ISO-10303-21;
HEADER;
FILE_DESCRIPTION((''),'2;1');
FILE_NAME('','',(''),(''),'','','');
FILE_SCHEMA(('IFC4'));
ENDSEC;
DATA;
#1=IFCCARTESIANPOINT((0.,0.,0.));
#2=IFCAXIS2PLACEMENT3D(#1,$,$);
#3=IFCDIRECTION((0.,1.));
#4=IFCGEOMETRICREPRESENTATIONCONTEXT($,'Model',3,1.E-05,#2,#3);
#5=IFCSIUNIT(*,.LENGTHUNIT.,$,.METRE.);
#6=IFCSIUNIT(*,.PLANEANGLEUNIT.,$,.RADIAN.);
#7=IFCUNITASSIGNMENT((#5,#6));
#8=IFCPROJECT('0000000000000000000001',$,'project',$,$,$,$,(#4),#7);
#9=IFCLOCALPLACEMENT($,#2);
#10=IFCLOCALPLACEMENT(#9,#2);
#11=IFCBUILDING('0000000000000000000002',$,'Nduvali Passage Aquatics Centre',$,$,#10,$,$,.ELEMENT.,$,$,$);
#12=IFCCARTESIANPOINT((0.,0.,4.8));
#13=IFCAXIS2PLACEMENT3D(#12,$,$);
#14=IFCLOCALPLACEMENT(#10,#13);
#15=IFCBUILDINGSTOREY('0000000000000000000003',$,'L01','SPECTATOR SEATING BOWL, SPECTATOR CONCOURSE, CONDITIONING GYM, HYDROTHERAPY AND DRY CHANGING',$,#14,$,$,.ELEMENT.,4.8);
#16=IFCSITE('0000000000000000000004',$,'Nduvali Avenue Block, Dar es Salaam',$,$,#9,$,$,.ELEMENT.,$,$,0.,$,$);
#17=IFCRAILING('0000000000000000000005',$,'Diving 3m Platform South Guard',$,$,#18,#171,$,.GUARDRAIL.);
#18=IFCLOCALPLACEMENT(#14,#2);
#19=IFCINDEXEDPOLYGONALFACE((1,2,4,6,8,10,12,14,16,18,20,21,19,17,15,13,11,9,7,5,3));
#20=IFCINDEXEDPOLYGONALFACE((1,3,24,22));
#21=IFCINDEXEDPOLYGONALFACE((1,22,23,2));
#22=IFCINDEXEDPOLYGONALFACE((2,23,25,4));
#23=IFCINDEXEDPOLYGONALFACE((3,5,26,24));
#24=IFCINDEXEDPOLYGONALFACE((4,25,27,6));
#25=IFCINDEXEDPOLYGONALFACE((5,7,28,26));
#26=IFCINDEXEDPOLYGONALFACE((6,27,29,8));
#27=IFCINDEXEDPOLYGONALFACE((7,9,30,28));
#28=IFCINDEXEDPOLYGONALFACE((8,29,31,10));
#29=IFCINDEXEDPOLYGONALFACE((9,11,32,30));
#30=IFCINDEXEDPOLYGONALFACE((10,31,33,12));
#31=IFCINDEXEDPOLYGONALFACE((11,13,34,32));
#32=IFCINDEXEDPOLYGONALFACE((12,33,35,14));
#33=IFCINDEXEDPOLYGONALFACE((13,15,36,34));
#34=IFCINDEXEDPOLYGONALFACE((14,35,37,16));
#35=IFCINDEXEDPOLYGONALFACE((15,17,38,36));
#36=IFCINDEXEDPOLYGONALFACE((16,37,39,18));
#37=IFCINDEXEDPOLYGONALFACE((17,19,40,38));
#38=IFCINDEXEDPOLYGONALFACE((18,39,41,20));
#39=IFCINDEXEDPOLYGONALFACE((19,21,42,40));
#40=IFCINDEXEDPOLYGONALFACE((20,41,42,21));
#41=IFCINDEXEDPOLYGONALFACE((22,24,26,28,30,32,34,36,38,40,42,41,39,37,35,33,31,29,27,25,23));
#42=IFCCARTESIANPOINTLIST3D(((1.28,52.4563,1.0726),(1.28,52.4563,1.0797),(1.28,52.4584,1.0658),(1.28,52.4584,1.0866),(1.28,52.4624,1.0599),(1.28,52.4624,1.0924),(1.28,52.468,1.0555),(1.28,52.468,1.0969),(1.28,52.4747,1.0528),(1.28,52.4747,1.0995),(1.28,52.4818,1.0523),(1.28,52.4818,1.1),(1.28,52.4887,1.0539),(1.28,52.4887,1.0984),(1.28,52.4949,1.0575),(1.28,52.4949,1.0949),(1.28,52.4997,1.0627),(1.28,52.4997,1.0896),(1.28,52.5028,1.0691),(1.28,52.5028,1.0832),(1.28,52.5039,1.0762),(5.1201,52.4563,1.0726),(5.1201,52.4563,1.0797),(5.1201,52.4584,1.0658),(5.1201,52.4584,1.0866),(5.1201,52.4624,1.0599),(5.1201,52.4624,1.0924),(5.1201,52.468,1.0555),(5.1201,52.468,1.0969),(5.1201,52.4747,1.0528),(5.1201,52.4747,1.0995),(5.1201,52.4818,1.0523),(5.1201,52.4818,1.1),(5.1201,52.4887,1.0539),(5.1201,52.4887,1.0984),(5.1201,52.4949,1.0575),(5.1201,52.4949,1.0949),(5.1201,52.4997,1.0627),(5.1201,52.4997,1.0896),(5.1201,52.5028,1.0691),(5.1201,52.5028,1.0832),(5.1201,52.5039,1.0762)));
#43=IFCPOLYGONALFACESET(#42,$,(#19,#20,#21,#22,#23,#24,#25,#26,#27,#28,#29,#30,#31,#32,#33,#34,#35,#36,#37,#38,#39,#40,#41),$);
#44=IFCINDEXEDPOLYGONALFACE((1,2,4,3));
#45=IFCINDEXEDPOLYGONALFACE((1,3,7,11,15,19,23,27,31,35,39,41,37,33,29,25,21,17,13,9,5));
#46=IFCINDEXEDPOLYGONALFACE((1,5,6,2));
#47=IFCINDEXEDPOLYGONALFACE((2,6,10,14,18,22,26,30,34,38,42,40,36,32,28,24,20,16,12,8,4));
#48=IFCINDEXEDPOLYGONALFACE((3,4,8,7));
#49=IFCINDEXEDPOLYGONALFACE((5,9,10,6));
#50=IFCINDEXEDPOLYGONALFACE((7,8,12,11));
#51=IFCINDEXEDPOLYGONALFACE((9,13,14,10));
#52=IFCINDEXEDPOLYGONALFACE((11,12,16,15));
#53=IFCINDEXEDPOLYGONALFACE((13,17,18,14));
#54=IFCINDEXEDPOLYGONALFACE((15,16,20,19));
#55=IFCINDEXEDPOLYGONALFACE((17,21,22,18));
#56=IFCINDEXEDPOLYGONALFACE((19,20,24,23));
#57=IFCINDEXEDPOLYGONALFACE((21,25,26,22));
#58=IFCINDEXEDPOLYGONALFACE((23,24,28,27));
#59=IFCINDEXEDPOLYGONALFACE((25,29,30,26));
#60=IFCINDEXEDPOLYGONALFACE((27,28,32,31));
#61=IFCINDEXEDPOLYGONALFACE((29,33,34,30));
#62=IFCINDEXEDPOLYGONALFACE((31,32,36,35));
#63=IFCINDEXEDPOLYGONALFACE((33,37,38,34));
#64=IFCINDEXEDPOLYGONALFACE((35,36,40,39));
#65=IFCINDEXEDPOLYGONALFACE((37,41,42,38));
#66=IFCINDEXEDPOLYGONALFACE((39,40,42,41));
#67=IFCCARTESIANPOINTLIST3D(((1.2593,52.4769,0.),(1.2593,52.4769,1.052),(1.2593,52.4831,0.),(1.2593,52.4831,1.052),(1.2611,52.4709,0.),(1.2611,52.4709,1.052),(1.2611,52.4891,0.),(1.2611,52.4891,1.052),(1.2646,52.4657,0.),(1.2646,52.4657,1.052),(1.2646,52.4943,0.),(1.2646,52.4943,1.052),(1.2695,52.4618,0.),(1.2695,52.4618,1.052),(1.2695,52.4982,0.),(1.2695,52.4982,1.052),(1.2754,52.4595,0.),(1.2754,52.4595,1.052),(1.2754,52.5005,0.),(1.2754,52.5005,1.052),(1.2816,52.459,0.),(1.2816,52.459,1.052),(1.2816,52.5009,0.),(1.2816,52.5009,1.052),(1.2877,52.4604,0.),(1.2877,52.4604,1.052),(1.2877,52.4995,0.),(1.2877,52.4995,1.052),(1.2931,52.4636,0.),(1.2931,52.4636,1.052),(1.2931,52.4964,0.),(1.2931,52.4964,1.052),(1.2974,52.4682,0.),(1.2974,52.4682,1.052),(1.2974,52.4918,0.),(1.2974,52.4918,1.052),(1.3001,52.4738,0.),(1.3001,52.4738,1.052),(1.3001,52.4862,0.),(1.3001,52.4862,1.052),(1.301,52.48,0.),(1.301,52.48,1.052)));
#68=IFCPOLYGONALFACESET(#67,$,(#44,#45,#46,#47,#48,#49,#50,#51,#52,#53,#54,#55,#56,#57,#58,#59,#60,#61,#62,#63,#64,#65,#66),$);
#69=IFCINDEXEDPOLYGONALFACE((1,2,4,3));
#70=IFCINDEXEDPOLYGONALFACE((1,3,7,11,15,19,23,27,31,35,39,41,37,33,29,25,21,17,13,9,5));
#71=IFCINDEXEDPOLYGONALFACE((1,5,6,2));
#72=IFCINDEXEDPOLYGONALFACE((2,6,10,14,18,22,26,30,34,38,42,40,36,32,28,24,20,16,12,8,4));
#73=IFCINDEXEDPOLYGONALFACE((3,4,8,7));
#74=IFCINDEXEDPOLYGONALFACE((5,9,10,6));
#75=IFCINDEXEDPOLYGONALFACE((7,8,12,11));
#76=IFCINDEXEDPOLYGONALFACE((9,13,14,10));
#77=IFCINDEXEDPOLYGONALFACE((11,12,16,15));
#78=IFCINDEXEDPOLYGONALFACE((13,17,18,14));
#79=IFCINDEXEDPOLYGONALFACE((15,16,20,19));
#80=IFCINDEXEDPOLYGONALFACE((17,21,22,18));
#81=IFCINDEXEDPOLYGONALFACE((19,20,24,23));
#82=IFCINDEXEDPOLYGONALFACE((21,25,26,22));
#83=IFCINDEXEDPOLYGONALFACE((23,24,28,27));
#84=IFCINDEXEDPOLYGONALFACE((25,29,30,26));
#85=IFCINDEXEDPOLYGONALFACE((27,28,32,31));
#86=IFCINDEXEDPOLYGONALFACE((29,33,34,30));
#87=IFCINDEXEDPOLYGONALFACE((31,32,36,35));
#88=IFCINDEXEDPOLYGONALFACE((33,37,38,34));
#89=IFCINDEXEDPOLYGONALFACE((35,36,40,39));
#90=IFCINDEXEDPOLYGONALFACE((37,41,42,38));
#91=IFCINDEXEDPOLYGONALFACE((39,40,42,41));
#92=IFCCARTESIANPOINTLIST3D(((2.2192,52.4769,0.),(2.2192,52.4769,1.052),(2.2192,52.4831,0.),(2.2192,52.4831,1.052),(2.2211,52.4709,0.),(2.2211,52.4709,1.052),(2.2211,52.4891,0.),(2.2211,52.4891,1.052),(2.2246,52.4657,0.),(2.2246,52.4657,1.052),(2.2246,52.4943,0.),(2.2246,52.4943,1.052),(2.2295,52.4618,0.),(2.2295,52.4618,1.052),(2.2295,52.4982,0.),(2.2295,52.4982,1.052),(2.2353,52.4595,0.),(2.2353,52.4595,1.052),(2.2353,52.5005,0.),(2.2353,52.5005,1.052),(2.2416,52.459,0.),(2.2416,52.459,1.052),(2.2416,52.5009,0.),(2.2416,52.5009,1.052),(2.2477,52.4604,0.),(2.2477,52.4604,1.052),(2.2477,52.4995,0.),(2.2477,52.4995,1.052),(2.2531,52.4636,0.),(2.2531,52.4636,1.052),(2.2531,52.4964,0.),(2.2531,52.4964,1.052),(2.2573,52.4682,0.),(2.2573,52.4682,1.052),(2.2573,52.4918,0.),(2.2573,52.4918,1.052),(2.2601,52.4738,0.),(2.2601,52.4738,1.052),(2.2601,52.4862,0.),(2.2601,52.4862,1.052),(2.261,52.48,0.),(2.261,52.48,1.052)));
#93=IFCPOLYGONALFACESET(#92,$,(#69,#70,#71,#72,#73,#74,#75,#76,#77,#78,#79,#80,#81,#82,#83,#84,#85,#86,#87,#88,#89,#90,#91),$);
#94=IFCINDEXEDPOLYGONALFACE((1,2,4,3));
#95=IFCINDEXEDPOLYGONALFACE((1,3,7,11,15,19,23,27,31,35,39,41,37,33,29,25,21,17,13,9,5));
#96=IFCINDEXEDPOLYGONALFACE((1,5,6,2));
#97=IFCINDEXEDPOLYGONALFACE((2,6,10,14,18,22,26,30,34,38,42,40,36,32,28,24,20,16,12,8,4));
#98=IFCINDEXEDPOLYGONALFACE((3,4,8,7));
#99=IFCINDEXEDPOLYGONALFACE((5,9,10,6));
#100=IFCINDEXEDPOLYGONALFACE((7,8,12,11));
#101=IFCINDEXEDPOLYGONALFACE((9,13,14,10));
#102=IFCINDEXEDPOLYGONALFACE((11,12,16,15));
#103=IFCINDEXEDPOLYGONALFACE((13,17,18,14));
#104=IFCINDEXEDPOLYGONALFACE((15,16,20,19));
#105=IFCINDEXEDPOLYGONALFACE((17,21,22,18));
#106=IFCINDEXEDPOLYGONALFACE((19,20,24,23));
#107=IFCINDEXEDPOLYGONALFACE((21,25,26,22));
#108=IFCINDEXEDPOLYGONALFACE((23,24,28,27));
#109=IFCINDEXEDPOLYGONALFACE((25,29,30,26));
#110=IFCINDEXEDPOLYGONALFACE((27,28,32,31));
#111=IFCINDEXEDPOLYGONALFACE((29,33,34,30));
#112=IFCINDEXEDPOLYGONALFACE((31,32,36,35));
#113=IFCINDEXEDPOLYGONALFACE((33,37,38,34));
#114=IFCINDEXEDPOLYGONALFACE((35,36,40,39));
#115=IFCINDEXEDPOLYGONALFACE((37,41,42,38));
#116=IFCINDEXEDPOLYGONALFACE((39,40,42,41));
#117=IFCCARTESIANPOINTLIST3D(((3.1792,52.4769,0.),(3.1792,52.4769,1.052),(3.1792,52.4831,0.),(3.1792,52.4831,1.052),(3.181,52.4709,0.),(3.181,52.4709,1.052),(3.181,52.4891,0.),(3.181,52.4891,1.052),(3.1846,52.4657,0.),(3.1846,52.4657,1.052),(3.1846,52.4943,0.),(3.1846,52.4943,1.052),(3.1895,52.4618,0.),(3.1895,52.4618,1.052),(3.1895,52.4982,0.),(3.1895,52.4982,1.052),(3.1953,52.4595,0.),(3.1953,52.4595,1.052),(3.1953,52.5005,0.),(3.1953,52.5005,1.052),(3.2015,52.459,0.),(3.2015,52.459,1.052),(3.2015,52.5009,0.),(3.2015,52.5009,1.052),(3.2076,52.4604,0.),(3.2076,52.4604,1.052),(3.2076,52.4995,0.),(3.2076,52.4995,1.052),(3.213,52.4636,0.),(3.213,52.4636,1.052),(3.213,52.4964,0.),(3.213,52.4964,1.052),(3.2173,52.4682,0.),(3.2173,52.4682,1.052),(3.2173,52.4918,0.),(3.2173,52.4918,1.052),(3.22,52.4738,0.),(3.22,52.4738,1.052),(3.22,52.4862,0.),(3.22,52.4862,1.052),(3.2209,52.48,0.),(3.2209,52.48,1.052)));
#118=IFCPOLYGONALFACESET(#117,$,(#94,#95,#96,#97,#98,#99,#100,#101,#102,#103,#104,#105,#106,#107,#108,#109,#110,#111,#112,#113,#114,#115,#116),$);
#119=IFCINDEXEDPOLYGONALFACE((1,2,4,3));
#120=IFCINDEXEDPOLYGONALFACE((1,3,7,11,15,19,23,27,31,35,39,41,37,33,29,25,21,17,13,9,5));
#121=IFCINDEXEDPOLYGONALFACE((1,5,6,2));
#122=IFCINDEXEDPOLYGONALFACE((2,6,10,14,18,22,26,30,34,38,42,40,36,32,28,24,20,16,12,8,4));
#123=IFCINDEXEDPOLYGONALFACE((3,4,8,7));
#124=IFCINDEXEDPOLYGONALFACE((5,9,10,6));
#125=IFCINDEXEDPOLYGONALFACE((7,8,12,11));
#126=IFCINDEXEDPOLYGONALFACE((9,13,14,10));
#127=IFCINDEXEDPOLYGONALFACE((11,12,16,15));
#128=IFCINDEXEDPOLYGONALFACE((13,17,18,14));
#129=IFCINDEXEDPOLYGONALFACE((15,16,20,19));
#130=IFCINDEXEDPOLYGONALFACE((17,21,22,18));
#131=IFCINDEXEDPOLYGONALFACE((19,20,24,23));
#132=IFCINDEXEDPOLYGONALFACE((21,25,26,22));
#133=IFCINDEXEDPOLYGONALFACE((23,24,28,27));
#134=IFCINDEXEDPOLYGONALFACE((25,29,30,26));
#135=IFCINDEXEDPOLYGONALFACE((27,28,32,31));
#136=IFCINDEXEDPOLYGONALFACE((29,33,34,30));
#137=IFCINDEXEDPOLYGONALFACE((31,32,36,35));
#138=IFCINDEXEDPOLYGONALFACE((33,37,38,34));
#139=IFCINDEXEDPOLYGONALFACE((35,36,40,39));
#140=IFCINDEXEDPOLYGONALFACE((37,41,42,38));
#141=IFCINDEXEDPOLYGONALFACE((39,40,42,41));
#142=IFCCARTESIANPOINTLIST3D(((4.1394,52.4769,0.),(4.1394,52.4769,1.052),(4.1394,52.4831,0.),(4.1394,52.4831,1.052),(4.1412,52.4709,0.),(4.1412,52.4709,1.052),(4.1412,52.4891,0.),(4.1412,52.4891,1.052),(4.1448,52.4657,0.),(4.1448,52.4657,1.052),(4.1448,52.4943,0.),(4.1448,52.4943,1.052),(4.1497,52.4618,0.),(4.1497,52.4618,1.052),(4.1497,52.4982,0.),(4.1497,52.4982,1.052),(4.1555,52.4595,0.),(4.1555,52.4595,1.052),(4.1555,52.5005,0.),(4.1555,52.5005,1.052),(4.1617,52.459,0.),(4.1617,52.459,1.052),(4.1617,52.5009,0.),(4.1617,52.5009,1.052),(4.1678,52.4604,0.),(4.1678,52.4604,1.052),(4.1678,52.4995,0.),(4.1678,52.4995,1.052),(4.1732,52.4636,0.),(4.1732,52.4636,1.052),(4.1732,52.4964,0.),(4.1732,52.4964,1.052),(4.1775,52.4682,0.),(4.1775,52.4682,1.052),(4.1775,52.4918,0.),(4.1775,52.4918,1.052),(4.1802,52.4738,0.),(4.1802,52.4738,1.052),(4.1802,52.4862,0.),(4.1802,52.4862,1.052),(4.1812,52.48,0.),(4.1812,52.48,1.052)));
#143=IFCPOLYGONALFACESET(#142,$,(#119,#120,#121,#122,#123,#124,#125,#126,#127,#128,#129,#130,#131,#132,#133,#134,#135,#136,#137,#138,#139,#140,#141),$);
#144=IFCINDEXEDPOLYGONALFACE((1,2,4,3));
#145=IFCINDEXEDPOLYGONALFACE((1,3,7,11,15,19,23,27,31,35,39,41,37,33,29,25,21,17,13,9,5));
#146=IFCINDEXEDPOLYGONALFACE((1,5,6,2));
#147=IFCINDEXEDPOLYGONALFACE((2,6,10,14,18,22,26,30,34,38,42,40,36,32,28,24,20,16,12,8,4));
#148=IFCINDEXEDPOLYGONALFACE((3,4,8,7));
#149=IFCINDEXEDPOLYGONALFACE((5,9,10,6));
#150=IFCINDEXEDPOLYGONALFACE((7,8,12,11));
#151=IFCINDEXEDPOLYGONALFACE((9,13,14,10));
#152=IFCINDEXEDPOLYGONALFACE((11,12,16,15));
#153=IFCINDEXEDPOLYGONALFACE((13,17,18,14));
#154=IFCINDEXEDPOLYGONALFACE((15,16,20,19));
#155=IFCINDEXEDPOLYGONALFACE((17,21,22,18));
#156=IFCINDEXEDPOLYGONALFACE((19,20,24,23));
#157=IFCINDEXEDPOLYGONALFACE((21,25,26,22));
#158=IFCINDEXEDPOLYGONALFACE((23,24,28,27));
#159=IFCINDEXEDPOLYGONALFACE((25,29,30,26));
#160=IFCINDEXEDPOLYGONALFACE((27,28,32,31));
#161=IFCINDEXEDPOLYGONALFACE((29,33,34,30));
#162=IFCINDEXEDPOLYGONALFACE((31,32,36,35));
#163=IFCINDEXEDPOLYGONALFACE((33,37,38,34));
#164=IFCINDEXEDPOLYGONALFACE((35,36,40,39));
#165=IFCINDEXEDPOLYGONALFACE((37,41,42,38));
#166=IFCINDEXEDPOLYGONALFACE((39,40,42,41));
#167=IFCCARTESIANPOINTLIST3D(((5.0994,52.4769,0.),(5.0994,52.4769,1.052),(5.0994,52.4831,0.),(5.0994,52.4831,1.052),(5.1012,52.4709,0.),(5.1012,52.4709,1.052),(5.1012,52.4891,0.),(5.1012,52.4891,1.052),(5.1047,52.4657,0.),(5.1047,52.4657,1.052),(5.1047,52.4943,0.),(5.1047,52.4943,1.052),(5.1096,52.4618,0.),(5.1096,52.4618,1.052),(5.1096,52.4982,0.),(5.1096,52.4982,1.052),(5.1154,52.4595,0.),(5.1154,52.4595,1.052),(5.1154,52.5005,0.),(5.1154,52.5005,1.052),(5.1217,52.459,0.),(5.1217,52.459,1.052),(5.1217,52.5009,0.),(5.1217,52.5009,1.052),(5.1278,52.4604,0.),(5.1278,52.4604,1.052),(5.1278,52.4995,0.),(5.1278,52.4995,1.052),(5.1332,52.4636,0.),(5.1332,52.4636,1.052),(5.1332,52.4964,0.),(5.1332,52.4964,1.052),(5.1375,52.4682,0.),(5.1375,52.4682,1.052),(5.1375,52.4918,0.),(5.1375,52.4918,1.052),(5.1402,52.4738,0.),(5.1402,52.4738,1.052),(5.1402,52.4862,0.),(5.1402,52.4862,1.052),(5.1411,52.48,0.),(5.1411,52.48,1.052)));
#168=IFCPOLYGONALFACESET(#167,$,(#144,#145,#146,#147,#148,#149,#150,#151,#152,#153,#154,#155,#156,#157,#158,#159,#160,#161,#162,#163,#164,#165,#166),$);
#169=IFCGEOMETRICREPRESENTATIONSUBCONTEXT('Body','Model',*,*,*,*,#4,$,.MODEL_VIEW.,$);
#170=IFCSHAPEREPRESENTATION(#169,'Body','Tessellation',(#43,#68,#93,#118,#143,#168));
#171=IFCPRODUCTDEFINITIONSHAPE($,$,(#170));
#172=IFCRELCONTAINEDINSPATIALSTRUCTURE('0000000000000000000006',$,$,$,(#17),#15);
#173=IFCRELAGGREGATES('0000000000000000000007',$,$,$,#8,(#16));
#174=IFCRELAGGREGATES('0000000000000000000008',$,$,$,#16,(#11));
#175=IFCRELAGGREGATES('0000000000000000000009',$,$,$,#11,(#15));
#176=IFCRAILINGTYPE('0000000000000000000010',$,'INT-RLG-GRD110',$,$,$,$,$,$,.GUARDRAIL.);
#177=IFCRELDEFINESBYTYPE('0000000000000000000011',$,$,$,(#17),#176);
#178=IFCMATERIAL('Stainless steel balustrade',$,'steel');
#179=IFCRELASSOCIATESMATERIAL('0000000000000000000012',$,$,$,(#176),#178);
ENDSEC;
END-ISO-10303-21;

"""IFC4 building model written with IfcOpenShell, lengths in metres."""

from ifc_helpers import new_model, si_unit, direction, frame, origin, origin_2d, place, context, subcontext, project, spatial, circle, extrude, material, type_object, element, save


model = new_model("IFC4")

# Units and contexts
model_context = context("Model", 3, precision=1e-05, world=origin(), true_north=direction((0.0, 1.0)))
body_context = subcontext(model_context, "Body", "Model", "MODEL_VIEW")
ifc_project = project(units=[si_unit("LENGTHUNIT", "METRE"), si_unit("PLANEANGLEUNIT", "RADIAN")], contexts=[model_context])

# Site, building, storey
site_placement = place(None, origin())
site = spatial("IfcSite", under=ifc_project, at=site_placement, Name="Nduvali Avenue Block, Dar es Salaam", CompositionType="ELEMENT", RefElevation=0.0)
building_placement = place(site_placement, origin())
building = spatial("IfcBuilding", under=site, at=building_placement, Name="Nduvali Passage Aquatics Centre", CompositionType="ELEMENT")
storey_placement = place(building_placement, frame((0.0, 0.0, 4.8)))
storey = spatial("IfcBuildingStorey", under=building, at=storey_placement, Name="L01", Description="SPECTATOR SEATING BOWL, SPECTATOR CONCOURSE, CONDITIONING GYM, HYDROTHERAPY AND DRY CHANGING", CompositionType="ELEMENT", Elevation=4.8)

# Railing
ifc_material_1 = material(Name="Stainless steel balustrade", Category="steel")
railing_type = type_object("IfcRailingType", Name="INT-RLG-GRD110", PredefinedType="GUARDRAIL", material=ifc_material_1)
railing_1_placement = place(storey_placement, frame((1.28, 52.48, 0.0)))
element("IfcRailing", 1, at=railing_1_placement, inside=storey, type_object=railing_type, Name="Diving 3m Platform South Guard", PredefinedType="GUARDRAIL", context=body_context, shape_type="SweptSolid", body=[
    extrude(circle(Radius=0.0239, at=origin_2d()), frame((0.0, 0.0, 1.0762), z_axis=(1.0, 0.0, 0.0), x_axis=(0.0, 1.0, 0.0)), (0.0, 0.0, 1.0), 3.8401),
    extrude(circle(Radius=0.021, at=origin_2d()), origin(), (0.0, 0.0, 1.0), 1.052),
    extrude(circle(Radius=0.021, at=origin_2d()), frame((0.96, 0.0, 0.0)), (0.0, 0.0, 1.0), 1.052),
    extrude(circle(Radius=0.021, at=origin_2d()), frame((1.9199, 0.0, 0.0)), (0.0, 0.0, 1.0), 1.052),
    extrude(circle(Radius=0.021, at=origin_2d()), frame((2.8801, 0.0, 0.0)), (0.0, 0.0, 1.0), 1.052),
    extrude(circle(Radius=0.021, at=origin_2d()), frame((3.8401, 0.0, 0.0)), (0.0, 0.0, 1.0), 1.052),
])

save(model, "model.ifc")
